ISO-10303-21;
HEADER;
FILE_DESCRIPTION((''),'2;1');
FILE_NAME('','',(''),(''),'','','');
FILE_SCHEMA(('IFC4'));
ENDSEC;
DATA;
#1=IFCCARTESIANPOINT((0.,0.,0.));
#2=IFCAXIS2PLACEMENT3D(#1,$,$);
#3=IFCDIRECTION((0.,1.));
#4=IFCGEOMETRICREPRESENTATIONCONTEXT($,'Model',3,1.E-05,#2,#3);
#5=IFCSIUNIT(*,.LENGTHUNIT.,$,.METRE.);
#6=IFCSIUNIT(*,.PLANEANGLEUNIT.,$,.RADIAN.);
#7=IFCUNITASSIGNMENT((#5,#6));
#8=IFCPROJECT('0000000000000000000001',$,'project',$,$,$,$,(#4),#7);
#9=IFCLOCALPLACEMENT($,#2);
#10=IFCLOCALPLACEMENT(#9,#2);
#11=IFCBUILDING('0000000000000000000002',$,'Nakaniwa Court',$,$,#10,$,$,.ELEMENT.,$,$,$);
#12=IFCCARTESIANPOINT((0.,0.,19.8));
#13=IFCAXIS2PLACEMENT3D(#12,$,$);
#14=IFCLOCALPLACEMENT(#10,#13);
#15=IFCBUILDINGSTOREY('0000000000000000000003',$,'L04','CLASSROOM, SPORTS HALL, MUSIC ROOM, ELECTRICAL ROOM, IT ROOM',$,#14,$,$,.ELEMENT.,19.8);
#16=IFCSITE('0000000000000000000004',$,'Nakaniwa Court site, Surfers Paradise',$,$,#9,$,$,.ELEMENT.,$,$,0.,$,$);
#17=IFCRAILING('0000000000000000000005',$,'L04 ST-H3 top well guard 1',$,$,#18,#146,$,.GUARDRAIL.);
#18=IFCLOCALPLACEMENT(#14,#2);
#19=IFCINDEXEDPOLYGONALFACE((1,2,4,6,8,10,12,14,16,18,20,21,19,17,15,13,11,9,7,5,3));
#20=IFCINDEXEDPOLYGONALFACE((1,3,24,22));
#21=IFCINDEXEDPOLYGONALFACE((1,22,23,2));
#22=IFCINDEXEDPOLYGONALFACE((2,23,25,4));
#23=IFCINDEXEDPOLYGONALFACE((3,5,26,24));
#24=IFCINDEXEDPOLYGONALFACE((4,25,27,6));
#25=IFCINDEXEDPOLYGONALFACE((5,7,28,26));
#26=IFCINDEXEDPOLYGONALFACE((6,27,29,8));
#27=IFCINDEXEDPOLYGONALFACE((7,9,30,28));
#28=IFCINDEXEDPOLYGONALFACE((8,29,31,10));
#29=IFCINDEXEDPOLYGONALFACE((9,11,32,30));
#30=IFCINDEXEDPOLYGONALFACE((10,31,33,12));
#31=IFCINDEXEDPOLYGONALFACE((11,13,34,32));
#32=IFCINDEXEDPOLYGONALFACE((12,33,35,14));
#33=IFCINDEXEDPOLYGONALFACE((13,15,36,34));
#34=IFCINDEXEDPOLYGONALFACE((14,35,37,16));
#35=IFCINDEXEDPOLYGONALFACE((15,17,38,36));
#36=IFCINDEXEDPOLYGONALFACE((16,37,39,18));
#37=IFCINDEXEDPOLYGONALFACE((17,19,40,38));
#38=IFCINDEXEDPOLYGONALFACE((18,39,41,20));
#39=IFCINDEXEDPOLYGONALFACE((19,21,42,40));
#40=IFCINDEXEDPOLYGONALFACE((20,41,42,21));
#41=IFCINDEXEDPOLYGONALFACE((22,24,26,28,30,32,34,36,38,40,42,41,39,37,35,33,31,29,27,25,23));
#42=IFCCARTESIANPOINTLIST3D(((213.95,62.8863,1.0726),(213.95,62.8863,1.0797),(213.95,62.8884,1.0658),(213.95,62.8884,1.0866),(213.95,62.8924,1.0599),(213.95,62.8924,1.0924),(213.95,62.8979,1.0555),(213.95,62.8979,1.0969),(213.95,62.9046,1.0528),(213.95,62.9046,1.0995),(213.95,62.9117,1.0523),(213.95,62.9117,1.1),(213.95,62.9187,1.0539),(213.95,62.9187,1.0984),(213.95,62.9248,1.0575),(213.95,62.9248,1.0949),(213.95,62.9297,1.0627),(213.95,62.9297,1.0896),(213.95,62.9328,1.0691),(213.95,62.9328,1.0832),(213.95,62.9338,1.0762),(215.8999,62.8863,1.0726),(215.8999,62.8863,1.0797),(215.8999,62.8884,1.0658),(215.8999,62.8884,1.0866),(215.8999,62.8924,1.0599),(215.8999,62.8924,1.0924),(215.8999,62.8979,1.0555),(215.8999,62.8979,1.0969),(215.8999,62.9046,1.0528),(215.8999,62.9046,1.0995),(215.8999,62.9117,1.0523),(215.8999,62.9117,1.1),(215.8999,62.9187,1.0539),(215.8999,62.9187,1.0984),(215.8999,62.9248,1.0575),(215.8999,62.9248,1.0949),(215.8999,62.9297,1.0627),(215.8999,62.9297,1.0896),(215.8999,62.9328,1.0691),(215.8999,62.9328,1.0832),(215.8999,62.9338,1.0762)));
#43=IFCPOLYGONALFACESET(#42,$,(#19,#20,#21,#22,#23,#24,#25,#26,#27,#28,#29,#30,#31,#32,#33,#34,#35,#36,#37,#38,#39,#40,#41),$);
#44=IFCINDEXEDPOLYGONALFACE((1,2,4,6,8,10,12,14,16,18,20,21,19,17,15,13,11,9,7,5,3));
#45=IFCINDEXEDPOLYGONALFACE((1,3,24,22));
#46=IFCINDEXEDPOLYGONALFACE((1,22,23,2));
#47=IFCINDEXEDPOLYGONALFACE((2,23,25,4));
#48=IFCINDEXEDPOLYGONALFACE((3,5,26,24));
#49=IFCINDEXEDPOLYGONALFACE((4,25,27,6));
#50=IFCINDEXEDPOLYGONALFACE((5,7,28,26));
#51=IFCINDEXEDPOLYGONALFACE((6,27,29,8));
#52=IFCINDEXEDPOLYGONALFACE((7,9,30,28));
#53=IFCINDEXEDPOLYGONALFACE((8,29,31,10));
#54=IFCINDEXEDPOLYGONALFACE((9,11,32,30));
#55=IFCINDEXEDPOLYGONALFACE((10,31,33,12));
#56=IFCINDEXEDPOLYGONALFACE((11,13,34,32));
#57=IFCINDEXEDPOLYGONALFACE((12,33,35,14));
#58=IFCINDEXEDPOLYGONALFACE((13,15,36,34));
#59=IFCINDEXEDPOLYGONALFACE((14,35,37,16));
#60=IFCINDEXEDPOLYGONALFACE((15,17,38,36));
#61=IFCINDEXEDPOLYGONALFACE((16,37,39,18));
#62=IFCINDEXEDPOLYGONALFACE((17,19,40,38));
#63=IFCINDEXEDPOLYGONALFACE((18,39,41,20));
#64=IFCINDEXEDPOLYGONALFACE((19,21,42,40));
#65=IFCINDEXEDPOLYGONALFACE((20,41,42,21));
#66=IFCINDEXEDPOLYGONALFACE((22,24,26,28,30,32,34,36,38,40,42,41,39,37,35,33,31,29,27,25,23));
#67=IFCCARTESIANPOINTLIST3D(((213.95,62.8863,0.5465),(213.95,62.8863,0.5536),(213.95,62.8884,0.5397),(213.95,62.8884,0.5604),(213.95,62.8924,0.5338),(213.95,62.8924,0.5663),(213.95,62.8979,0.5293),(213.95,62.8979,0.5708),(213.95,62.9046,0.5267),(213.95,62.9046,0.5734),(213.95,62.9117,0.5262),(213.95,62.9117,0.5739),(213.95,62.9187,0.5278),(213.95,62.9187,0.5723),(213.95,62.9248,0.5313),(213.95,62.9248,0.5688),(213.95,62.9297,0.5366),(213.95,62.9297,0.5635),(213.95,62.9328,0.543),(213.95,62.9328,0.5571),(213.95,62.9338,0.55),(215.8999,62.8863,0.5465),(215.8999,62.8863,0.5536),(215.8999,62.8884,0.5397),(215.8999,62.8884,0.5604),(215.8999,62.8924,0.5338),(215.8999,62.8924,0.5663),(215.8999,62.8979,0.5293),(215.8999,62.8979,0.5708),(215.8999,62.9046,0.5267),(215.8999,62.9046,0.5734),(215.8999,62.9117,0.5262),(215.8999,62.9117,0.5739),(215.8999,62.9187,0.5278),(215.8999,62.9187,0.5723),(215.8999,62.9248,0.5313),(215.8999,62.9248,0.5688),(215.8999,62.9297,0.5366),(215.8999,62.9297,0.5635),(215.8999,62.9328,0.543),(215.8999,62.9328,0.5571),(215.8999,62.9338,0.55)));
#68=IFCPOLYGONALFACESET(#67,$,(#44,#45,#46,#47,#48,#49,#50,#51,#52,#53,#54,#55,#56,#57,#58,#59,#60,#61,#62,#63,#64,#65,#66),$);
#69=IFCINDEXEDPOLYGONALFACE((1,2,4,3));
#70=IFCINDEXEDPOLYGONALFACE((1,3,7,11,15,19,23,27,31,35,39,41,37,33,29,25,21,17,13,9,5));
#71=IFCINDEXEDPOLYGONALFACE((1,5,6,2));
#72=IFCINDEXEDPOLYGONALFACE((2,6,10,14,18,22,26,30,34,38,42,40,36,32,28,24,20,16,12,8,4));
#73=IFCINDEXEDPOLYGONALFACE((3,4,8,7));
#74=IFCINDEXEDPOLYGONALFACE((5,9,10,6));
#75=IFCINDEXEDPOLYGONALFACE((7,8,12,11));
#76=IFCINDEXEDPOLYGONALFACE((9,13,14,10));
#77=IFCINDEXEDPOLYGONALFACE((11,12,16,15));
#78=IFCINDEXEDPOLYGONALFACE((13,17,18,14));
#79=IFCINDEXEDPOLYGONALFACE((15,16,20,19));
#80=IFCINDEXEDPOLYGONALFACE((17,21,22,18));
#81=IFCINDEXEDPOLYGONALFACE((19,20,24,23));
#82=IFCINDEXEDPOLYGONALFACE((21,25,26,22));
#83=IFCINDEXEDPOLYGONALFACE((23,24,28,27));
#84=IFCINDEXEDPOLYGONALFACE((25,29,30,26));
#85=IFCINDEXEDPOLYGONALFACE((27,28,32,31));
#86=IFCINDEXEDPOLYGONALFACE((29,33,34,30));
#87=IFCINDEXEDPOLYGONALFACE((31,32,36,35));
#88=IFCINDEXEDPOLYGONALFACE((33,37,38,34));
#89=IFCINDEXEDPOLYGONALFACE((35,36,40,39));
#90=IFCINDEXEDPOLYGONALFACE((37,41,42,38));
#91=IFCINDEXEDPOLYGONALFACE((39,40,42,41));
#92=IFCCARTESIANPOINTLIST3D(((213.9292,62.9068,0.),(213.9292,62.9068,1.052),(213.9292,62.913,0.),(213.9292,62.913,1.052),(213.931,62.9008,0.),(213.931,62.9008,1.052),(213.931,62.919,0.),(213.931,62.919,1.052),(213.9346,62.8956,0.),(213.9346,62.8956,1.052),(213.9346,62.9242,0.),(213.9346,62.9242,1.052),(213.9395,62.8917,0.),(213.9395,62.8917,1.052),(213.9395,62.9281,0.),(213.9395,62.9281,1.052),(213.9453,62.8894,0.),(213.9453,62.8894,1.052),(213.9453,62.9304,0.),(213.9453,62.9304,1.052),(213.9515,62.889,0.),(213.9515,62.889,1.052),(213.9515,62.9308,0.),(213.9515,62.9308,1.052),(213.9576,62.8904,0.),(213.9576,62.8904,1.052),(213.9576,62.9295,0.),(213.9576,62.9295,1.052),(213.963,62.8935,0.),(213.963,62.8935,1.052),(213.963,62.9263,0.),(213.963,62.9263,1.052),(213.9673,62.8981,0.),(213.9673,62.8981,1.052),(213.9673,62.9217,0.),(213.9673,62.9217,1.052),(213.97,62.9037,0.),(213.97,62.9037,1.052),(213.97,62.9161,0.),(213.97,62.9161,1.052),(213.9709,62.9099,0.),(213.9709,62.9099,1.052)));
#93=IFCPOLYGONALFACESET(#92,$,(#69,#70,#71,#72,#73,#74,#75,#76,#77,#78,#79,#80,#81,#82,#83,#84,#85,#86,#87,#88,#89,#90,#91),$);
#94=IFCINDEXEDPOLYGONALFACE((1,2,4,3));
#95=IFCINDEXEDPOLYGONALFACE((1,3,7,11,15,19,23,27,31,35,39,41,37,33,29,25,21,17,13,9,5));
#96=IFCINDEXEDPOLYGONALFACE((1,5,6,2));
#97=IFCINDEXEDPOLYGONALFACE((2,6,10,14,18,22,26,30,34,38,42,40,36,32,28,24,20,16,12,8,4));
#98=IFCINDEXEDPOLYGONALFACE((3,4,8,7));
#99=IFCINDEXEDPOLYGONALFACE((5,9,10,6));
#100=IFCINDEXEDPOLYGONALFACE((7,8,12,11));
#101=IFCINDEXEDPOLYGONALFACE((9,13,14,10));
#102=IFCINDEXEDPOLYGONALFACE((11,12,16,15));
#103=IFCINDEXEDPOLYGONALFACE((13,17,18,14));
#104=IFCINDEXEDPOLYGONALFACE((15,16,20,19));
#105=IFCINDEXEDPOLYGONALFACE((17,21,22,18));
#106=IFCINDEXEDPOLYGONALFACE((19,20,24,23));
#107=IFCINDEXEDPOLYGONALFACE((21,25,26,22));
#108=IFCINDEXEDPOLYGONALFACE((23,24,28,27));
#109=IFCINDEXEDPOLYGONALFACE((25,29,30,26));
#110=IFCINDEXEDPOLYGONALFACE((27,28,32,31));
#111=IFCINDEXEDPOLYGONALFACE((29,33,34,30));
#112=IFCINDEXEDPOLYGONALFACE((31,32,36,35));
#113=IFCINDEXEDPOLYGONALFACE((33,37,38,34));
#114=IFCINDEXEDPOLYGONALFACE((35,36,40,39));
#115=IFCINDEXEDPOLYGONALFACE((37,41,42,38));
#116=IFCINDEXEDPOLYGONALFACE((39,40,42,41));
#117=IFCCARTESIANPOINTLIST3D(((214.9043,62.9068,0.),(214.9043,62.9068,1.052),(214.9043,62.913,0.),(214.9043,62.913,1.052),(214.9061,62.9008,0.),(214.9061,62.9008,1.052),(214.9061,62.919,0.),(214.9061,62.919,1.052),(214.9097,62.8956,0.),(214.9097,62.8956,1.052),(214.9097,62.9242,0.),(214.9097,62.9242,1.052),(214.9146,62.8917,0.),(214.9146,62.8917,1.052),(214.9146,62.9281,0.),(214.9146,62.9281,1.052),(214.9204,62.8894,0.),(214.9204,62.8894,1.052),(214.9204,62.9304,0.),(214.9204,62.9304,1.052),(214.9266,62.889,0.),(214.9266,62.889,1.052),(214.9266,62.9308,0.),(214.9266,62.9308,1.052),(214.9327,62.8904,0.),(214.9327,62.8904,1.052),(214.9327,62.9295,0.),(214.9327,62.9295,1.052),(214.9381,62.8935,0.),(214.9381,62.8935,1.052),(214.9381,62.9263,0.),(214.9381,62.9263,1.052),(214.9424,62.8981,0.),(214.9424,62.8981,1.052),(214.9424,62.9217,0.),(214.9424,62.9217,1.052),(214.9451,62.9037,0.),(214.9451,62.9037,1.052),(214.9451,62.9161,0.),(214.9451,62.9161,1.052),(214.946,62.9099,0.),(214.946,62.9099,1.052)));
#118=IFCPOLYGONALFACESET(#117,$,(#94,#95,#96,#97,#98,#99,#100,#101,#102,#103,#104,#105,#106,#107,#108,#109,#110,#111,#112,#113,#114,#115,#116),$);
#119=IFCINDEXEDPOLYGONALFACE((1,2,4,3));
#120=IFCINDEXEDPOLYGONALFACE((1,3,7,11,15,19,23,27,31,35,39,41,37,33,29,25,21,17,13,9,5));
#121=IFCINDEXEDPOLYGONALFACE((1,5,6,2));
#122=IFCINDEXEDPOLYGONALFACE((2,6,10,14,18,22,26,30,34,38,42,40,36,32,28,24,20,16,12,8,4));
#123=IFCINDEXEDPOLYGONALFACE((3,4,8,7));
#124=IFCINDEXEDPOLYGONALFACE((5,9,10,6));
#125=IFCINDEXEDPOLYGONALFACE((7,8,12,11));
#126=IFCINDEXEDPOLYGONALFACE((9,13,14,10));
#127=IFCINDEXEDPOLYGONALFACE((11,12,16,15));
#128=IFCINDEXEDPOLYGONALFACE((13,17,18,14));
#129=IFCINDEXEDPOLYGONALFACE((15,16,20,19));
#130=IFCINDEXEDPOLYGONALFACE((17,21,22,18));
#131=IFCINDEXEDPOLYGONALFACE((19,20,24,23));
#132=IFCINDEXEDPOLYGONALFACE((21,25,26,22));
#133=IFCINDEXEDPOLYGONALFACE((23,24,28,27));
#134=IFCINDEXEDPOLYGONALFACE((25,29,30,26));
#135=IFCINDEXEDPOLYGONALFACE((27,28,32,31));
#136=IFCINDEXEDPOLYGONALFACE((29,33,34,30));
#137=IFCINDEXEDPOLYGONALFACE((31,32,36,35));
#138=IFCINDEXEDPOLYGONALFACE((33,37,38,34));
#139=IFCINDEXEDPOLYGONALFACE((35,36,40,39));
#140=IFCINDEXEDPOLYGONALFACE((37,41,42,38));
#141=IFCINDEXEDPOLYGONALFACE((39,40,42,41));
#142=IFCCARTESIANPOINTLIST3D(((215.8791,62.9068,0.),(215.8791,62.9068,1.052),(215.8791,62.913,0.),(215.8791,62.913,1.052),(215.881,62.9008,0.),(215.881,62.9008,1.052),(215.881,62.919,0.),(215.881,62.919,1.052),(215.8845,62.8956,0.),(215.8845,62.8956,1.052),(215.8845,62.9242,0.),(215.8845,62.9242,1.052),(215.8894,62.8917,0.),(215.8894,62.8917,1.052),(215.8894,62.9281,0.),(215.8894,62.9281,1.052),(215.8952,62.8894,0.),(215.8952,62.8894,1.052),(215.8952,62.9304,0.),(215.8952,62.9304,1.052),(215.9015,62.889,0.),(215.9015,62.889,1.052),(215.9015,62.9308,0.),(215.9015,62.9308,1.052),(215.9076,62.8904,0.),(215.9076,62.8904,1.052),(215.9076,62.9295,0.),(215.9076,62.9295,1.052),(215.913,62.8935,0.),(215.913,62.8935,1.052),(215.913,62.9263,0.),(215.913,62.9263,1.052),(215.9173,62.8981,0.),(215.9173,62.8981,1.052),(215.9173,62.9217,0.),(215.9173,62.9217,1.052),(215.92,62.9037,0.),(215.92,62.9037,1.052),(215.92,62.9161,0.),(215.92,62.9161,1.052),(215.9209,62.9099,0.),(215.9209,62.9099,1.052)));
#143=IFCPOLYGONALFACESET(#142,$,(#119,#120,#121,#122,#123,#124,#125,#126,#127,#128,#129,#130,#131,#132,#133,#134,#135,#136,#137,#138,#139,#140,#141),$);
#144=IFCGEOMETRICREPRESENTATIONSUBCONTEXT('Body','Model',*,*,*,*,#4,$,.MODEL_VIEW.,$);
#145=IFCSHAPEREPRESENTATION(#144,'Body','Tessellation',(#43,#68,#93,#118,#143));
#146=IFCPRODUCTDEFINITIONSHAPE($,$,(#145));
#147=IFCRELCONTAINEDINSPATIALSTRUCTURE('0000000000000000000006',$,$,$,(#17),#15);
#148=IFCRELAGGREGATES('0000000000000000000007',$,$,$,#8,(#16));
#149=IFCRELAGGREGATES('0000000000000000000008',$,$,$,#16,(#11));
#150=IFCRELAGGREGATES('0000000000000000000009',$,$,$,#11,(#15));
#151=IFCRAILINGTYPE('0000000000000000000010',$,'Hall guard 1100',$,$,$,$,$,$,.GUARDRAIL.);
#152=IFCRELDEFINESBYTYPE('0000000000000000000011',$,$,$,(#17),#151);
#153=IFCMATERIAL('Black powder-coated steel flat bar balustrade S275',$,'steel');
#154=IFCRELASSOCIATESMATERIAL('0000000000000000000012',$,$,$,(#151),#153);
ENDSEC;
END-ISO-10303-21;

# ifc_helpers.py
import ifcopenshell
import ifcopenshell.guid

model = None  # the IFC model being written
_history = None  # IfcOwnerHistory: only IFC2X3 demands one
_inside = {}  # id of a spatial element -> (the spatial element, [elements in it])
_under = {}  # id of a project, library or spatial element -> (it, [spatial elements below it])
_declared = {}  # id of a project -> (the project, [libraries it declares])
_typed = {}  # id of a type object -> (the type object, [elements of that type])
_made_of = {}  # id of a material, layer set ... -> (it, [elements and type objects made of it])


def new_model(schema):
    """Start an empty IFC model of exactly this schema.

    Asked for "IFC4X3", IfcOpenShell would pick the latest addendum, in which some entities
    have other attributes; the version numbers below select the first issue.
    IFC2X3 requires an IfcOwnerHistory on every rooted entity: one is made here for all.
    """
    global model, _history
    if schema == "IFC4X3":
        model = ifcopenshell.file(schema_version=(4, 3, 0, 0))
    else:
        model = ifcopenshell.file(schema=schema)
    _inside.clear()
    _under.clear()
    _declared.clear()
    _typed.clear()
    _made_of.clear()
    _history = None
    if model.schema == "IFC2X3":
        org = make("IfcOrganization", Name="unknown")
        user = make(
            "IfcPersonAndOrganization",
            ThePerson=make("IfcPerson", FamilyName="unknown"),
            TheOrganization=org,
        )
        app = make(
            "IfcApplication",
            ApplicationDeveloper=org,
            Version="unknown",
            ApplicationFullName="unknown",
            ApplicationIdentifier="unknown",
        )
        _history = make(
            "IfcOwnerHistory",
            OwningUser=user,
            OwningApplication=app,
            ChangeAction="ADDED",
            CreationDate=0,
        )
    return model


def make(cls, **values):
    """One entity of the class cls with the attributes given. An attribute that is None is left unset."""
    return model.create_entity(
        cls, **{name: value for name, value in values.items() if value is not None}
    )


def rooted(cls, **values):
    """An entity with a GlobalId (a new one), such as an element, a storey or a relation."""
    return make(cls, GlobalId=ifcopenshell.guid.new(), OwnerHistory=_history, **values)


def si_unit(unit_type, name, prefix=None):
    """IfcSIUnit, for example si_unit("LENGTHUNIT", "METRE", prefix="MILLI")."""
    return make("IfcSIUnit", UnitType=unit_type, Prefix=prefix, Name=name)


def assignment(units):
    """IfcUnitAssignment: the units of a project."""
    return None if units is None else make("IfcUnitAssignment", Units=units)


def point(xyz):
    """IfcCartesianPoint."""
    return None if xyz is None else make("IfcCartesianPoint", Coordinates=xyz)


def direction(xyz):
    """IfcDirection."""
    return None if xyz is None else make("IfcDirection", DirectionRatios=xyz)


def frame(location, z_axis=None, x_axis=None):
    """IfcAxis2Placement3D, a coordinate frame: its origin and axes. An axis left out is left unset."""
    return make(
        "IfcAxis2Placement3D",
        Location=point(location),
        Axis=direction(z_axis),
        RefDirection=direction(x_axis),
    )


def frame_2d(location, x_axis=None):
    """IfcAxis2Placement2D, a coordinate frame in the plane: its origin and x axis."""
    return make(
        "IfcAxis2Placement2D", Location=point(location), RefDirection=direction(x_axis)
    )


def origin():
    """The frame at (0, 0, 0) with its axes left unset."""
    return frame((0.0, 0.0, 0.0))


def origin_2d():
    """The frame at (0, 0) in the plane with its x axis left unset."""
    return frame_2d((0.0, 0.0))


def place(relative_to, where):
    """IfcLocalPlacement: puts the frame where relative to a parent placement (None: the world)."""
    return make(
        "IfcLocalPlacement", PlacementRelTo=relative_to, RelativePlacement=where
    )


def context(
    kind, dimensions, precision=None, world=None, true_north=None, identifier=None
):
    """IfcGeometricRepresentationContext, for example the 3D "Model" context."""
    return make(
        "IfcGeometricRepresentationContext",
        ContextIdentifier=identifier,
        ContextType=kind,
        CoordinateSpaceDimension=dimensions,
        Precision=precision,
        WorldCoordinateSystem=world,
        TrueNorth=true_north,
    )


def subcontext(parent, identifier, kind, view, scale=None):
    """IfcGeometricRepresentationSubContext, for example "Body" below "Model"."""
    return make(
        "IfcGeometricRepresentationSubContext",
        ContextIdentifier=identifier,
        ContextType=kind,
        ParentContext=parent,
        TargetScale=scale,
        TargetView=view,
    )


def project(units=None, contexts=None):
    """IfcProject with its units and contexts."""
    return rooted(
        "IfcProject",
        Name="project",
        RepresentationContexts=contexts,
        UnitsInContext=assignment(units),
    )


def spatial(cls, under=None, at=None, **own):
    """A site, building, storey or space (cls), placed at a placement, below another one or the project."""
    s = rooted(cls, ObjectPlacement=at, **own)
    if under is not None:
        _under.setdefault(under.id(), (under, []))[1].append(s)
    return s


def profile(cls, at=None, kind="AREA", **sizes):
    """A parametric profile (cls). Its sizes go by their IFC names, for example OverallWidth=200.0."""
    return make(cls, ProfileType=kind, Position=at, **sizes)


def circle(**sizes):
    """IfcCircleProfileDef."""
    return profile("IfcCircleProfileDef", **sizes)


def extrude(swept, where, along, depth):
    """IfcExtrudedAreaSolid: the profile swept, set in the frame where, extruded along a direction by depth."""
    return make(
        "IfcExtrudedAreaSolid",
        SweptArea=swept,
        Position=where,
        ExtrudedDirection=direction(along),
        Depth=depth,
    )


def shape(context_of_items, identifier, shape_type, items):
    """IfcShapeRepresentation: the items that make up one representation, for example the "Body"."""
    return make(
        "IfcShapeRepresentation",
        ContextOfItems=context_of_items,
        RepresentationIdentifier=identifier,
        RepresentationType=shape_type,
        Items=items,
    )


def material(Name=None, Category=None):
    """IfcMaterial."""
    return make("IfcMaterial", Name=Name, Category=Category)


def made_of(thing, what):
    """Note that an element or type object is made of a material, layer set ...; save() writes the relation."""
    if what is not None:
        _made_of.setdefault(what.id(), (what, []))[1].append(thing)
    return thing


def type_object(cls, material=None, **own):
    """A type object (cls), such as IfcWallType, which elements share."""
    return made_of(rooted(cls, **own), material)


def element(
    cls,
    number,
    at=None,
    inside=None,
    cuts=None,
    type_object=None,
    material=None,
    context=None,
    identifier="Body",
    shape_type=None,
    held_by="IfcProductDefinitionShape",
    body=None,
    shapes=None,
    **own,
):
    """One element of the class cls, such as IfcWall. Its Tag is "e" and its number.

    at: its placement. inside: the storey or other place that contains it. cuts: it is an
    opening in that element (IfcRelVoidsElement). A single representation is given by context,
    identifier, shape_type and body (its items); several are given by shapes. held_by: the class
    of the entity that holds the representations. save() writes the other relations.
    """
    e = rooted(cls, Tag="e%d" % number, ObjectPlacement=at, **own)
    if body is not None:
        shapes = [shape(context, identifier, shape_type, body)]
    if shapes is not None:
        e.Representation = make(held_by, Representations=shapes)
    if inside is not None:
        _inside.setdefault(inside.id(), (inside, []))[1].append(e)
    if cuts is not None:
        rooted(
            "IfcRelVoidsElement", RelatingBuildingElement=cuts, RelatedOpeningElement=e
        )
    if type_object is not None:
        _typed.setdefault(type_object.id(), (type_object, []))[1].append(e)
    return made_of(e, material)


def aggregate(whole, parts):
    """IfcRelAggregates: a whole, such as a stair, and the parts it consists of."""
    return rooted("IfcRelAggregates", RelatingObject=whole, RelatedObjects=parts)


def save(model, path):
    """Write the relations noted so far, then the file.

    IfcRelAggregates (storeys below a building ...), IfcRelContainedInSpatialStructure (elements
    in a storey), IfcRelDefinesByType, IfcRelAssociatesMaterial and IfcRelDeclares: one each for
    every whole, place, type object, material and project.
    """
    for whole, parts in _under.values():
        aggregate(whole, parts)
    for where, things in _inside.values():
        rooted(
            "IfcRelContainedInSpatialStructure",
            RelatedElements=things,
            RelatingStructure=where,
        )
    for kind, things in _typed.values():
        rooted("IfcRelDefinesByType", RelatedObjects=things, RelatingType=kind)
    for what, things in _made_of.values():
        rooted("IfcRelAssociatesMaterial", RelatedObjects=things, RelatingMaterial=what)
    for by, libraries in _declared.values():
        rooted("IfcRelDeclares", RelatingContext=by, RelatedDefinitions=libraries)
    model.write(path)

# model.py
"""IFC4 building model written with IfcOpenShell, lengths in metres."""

from ifc_helpers import new_model, si_unit, direction, frame, origin, origin_2d, place, context, subcontext, project, spatial, circle, extrude, material, type_object, element, save


model = new_model("IFC4")

# Units and contexts
model_context = context("Model", 3, precision=1e-05, world=origin(), true_north=direction((0.0, 1.0)))
body_context = subcontext(model_context, "Body", "Model", "MODEL_VIEW")
ifc_project = project(units=[si_unit("LENGTHUNIT", "METRE"), si_unit("PLANEANGLEUNIT", "RADIAN")], contexts=[model_context])

# Site, building, storey
site_placement = place(None, origin())
site = spatial("IfcSite", under=ifc_project, at=site_placement, Name="Nakaniwa Court site, Surfers Paradise", CompositionType="ELEMENT", RefElevation=0.0)
building_placement = place(site_placement, origin())
building = spatial("IfcBuilding", under=site, at=building_placement, Name="Nakaniwa Court", CompositionType="ELEMENT")
storey_placement = place(building_placement, frame((0.0, 0.0, 19.8)))
storey = spatial("IfcBuildingStorey", under=building, at=storey_placement, Name="L04", Description="CLASSROOM, SPORTS HALL, MUSIC ROOM, ELECTRICAL ROOM, IT ROOM", CompositionType="ELEMENT", Elevation=19.8)

# Railing
ifc_material_1 = material(Name="Black powder-coated steel flat bar balustrade S275", Category="steel")
railing_type = type_object("IfcRailingType", Name="Hall guard 1100", PredefinedType="GUARDRAIL", material=ifc_material_1)
railing_placement = place(storey_placement, frame((213.95, 62.9099, 0.0)))
element("IfcRailing", 1, at=railing_placement, inside=storey, type_object=railing_type, Name="L04 ST-H3 top well guard 1", PredefinedType="GUARDRAIL", context=body_context, shape_type="SweptSolid", body=[
    extrude(circle(Radius=0.0239, at=origin_2d()), frame((0.0, 0.0, 1.0762), z_axis=(1.0, 0.0, 0.0), x_axis=(0.0, 1.0, 0.0)), (0.0, 0.0, 1.0), 1.95),
    extrude(circle(Radius=0.0239, at=origin_2d()), frame((0.0, 0.0, 0.55), z_axis=(1.0, 0.0, 0.0), x_axis=(0.0, 1.0, 0.0)), (0.0, 0.0, 1.0), 1.95),
    extrude(circle(Radius=0.021, at=origin_2d()), origin(), (0.0, 0.0, 1.0), 1.052),
    extrude(circle(Radius=0.021, at=origin_2d()), frame((0.9751, 0.0, 0.0)), (0.0, 0.0, 1.0), 1.052),
    extrude(circle(Radius=0.021, at=origin_2d()), frame((1.95, 0.0, 0.0)), (0.0, 0.0, 1.0), 1.052),
])

save(model, "model.ifc")
